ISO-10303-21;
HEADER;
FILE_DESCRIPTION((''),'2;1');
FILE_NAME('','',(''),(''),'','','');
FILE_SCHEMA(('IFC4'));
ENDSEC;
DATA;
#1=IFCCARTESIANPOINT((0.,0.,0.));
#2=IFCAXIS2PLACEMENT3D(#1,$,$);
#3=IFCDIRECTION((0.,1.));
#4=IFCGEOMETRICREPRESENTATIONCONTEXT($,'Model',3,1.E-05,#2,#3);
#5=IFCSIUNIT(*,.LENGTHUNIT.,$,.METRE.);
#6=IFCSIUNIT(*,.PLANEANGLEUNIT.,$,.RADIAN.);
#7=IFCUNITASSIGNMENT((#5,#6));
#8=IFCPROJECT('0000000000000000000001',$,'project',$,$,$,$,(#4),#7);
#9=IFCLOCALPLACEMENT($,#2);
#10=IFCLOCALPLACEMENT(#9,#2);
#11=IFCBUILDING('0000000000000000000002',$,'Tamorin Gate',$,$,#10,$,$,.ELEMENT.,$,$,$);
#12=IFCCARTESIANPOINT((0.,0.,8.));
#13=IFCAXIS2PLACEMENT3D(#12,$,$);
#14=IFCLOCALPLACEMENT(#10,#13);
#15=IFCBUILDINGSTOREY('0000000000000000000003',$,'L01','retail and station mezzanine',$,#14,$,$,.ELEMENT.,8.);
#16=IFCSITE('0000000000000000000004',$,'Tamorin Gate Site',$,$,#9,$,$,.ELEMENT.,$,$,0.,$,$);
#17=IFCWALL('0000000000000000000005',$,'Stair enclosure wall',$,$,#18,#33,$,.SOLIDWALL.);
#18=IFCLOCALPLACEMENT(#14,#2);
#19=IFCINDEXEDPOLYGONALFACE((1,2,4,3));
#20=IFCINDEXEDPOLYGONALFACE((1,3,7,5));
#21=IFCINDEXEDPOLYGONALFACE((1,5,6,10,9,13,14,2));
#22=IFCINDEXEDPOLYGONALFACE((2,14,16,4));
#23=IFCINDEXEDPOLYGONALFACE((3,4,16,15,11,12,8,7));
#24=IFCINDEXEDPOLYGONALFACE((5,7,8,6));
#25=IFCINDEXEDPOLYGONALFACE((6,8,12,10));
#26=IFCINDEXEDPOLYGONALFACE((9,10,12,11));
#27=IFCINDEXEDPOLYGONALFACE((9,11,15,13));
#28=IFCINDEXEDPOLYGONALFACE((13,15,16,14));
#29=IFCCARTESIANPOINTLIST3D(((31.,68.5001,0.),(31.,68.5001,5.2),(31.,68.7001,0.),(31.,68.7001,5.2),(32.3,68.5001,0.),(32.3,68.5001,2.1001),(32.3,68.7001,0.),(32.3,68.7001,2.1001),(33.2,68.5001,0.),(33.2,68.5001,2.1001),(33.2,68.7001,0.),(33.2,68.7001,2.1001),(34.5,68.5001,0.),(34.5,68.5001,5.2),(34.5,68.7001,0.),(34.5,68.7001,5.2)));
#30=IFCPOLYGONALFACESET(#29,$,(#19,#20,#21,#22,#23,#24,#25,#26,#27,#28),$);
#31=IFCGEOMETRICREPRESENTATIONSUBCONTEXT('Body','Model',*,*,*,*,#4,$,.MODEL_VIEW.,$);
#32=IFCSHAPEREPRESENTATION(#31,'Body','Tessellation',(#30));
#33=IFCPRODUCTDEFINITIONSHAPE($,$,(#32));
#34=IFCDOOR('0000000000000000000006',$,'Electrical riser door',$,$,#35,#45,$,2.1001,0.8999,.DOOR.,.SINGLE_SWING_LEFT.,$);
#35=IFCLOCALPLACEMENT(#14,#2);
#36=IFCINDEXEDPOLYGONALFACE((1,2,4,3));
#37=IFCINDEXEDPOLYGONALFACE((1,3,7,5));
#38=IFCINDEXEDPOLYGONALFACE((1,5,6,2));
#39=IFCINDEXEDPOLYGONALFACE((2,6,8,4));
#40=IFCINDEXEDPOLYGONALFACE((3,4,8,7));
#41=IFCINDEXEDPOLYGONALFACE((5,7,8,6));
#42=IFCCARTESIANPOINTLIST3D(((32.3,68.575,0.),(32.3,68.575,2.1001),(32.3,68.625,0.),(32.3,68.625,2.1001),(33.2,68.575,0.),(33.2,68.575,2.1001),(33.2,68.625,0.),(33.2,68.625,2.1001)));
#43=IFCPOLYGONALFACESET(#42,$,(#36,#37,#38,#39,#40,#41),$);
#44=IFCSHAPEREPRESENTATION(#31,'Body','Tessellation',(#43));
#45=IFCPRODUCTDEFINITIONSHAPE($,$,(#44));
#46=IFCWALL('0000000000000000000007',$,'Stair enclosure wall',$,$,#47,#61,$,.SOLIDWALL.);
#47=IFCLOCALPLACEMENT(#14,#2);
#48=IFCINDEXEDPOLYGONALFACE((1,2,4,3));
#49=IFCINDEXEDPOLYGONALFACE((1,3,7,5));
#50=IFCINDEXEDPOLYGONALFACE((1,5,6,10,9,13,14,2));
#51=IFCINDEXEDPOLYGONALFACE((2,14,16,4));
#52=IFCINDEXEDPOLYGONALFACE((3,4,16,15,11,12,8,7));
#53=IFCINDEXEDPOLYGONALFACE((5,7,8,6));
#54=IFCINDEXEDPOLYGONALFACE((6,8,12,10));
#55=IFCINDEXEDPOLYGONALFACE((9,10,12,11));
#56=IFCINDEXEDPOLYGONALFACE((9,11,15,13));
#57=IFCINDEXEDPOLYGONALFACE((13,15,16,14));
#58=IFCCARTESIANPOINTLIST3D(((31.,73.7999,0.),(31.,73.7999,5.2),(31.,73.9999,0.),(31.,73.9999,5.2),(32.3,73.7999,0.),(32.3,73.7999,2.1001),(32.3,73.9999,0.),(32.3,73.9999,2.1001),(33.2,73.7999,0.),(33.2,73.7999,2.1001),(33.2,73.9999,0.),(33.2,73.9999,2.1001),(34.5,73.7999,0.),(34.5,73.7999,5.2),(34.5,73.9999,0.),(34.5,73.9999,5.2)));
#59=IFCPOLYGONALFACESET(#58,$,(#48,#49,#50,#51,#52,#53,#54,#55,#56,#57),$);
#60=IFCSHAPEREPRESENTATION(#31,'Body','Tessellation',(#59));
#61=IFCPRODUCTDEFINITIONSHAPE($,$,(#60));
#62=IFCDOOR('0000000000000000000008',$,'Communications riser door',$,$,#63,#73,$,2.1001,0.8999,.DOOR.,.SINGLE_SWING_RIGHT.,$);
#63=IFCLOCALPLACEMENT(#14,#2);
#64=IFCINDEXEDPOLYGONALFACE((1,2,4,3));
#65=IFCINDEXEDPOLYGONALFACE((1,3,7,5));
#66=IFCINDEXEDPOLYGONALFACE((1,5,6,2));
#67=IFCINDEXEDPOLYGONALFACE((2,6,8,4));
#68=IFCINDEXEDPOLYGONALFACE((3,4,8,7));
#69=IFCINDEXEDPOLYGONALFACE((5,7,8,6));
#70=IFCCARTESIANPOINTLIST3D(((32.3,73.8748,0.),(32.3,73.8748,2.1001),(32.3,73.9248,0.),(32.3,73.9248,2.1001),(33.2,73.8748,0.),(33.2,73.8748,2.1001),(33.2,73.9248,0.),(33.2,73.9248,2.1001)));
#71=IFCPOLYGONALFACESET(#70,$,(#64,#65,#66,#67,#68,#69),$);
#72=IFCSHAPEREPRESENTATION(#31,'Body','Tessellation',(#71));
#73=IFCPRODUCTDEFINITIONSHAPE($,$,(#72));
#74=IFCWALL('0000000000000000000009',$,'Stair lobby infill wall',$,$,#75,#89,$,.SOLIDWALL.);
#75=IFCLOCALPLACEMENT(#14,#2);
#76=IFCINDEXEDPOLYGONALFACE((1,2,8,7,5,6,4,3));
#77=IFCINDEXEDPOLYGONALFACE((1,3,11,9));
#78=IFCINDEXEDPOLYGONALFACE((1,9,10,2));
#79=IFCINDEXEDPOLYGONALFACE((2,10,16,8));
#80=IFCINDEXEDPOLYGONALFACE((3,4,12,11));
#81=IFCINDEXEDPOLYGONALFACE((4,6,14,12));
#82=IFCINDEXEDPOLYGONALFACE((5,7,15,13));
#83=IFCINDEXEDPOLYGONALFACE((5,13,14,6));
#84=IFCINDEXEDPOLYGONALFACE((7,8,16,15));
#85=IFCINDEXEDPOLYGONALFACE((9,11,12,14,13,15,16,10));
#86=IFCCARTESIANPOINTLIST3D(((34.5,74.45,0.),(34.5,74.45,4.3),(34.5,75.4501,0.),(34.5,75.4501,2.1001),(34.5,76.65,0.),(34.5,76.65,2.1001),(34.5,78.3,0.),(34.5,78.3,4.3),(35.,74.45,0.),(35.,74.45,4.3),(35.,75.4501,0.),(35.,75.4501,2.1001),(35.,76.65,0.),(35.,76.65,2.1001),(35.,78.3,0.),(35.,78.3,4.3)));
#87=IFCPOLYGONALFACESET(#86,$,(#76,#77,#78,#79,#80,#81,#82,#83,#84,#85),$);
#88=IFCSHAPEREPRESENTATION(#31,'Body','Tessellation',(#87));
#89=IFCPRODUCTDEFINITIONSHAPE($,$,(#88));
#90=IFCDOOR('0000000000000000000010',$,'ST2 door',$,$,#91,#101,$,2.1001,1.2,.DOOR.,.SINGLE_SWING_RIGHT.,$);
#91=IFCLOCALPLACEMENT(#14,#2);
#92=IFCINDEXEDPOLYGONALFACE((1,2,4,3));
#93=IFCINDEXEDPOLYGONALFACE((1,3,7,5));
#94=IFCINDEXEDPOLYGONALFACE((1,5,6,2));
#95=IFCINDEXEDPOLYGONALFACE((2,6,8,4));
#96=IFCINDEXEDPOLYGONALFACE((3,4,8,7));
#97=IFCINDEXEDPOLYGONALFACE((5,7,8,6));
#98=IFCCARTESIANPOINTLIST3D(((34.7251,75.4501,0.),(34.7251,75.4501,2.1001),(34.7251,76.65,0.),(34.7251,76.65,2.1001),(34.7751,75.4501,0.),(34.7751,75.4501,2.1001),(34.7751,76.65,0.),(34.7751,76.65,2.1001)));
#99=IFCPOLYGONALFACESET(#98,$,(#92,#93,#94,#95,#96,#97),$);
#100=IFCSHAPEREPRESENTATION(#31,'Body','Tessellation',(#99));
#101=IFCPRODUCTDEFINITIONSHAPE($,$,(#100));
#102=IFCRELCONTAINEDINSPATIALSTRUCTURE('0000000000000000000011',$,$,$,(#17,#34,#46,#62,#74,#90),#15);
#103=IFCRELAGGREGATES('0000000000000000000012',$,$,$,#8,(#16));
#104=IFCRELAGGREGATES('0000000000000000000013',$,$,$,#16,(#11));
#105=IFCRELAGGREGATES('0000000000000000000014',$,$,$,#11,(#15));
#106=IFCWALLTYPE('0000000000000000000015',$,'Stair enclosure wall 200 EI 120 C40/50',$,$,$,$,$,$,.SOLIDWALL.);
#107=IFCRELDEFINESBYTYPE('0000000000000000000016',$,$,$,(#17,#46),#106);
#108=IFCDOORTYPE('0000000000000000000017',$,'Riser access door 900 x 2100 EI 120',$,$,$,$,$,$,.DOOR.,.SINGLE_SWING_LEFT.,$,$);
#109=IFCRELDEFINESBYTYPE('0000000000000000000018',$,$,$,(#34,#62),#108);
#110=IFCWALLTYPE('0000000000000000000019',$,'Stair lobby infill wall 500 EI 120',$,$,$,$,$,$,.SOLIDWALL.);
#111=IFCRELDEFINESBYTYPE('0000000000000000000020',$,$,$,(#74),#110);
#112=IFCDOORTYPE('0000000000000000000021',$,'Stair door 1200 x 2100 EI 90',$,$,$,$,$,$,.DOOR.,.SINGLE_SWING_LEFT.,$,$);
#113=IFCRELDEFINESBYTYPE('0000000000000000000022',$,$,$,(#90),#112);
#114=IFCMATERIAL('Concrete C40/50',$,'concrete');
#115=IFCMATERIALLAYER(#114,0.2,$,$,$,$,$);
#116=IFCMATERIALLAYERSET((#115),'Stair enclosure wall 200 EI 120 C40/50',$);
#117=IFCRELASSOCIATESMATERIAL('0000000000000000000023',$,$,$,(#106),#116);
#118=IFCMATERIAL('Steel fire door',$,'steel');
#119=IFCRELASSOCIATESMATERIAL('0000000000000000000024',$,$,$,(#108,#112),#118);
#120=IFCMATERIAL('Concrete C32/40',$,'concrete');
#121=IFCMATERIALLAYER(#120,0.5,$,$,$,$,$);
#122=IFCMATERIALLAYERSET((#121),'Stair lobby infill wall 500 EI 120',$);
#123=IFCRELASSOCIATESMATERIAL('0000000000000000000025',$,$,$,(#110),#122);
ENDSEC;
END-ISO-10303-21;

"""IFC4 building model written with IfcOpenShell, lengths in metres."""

from ifc_helpers import new_model, si_unit, direction, frame, frame_2d, origin, place, context, subcontext, project, spatial, rectangle, extrude, material, layer, layer_set, type_object, element, fill, save


model = new_model("IFC4")

# Units and contexts
model_context = context("Model", 3, precision=1e-05, world=origin(), true_north=direction((0.0, 1.0)))
body_context = subcontext(model_context, "Body", "Model", "MODEL_VIEW")
ifc_project = project(units=[si_unit("LENGTHUNIT", "METRE"), si_unit("PLANEANGLEUNIT", "RADIAN")], contexts=[model_context])

# Site, building, storey
site_placement = place(None, origin())
site = spatial("IfcSite", under=ifc_project, at=site_placement, Name="Tamorin Gate Site", CompositionType="ELEMENT", RefElevation=0.0)
building_placement = place(site_placement, origin())
building = spatial("IfcBuilding", under=site, at=building_placement, Name="Tamorin Gate", CompositionType="ELEMENT")
storey_placement = place(building_placement, frame((0.0, 0.0, 8.0)))
storey = spatial("IfcBuildingStorey", under=building, at=storey_placement, Name="L01", Description="retail and station mezzanine", CompositionType="ELEMENT", Elevation=8.0)

# Shared definitions
ifc_material_1 = material(Name="Concrete C32/40", Category="concrete")

# Walls, openings, doors
ifc_material_2 = material(Name="Concrete C40/50", Category="concrete")
ifc_layer_1 = layer(ifc_material_2, 0.2)
ifc_layer_set_1 = layer_set([ifc_layer_1], Name="Stair enclosure wall 200 EI 120 C40/50")
wall_type_1 = type_object("IfcWallType", Name="Stair enclosure wall 200 EI 120 C40/50", PredefinedType="SOLIDWALL", material=ifc_layer_set_1)
wall_1_placement = place(storey_placement, frame((31.0, 68.6001, 0.0), z_axis=(0.0, 0.0, 1.0), x_axis=(1.0, 0.0, 0.0)))
wall_1 = element("IfcWall", 1, at=wall_1_placement, inside=storey, type_object=wall_type_1, Name="Stair enclosure wall", PredefinedType="SOLIDWALL", context=body_context, shape_type="SweptSolid", body=[
    extrude(rectangle(XDim=3.5, YDim=0.2, at=frame_2d((1.75, 0.0))), origin(), (0.0, 0.0, 1.0), 5.2),
])
opening_1_placement = place(wall_1_placement, frame((1.3, 0.0, 0.0)))
opening_1 = element("IfcOpeningElement", 2, at=opening_1_placement, cuts=wall_1, PredefinedType="OPENING", context=body_context, shape_type="SweptSolid", body=[
    extrude(rectangle(XDim=0.8999, YDim=2.1001, at=frame_2d((0.45, 1.05))), frame((0.0, 0.1099, 0.0), z_axis=(0.0, -1.0, 0.0), x_axis=(1.0, 0.0, 0.0)), (0.0, 0.0, 1.0), 0.22),
])
ifc_material_3 = material(Name="Steel fire door", Category="steel")
door_type_1 = type_object("IfcDoorType", Name="Riser access door 900 x 2100 EI 120", OperationType="SINGLE_SWING_LEFT", PredefinedType="DOOR", material=ifc_material_3)
door_1_placement = place(opening_1_placement, origin())
door_1 = element("IfcDoor", 3, at=door_1_placement, inside=storey, type_object=door_type_1, Name="Electrical riser door", OperationType="SINGLE_SWING_LEFT", OverallHeight=2.1001, OverallWidth=0.8999, PredefinedType="DOOR", context=body_context, shape_type="SweptSolid", body=[
    extrude(rectangle(XDim=0.8999, YDim=2.1001, at=frame_2d((0.45, 1.05))), frame((0.0, 0.0249, 0.0), z_axis=(0.0, -1.0, 0.0), x_axis=(1.0, 0.0, 0.0)), (0.0, 0.0, 1.0), 0.05),
])
fill(opening_1, door_1)
wall_2_placement = place(storey_placement, frame((31.0, 73.8999, 0.0), z_axis=(0.0, 0.0, 1.0), x_axis=(1.0, 0.0, 0.0)))
wall_2 = element("IfcWall", 4, at=wall_2_placement, inside=storey, type_object=wall_type_1, Name="Stair enclosure wall", PredefinedType="SOLIDWALL", context=body_context, shape_type="SweptSolid", body=[
    extrude(rectangle(XDim=3.5, YDim=0.2, at=frame_2d((1.75, 0.0))), origin(), (0.0, 0.0, 1.0), 5.2),
])
opening_2_placement = place(wall_2_placement, frame((1.3, 0.0, 0.0)))
opening_2 = element("IfcOpeningElement", 5, at=opening_2_placement, cuts=wall_2, PredefinedType="OPENING", context=body_context, shape_type="SweptSolid", body=[
    extrude(rectangle(XDim=0.8999, YDim=2.1001, at=frame_2d((0.45, 1.05))), frame((0.0, 0.1099, 0.0), z_axis=(0.0, -1.0, 0.0), x_axis=(1.0, 0.0, 0.0)), (0.0, 0.0, 1.0), 0.22),
])
door_2_placement = place(opening_2_placement, origin())
door_2 = element("IfcDoor", 6, at=door_2_placement, inside=storey, type_object=door_type_1, Name="Communications riser door", OperationType="SINGLE_SWING_RIGHT", OverallHeight=2.1001, OverallWidth=0.8999, PredefinedType="DOOR", context=body_context, shape_type="SweptSolid", body=[
    extrude(rectangle(XDim=0.8999, YDim=2.1001, at=frame_2d((0.45, 1.05))), frame((0.0, 0.0249, 0.0), z_axis=(0.0, -1.0, 0.0), x_axis=(1.0, 0.0, 0.0)), (0.0, 0.0, 1.0), 0.05),
])
fill(opening_2, door_2)
ifc_layer_2 = layer(ifc_material_1, 0.5)
ifc_layer_set_2 = layer_set([ifc_layer_2], Name="Stair lobby infill wall 500 EI 120")
wall_type_2 = type_object("IfcWallType", Name="Stair lobby infill wall 500 EI 120", PredefinedType="SOLIDWALL", material=ifc_layer_set_2)
wall_3_placement = place(storey_placement, frame((34.75, 74.45, 0.0), z_axis=(0.0, 0.0, 1.0), x_axis=(0.0, 1.0, 0.0)))
wall_3 = element("IfcWall", 7, at=wall_3_placement, inside=storey, type_object=wall_type_2, Name="Stair lobby infill wall", PredefinedType="SOLIDWALL", context=body_context, shape_type="SweptSolid", body=[
    extrude(rectangle(XDim=3.8501, YDim=0.5, at=frame_2d((1.925, 0.0))), origin(), (0.0, 0.0, 1.0), 4.3),
])
opening_3_placement = place(wall_3_placement, frame((1.0, 0.0, 0.0)))
opening_3 = element("IfcOpeningElement", 8, at=opening_3_placement, cuts=wall_3, PredefinedType="OPENING", context=body_context, shape_type="SweptSolid", body=[
    extrude(rectangle(XDim=1.2, YDim=2.1001, at=frame_2d((0.6001, 1.05))), frame((0.0, 0.26, 0.0), z_axis=(0.0, -1.0, 0.0), x_axis=(1.0, 0.0, 0.0)), (0.0, 0.0, 1.0), 0.52),
])
door_type_2 = type_object("IfcDoorType", Name="Stair door 1200 x 2100 EI 90", OperationType="SINGLE_SWING_LEFT", PredefinedType="DOOR", material=ifc_material_3)
door_3_placement = place(opening_3_placement, origin())
door_3 = element("IfcDoor", 9, at=door_3_placement, inside=storey, type_object=door_type_2, Name="ST2 door", OperationType="SINGLE_SWING_RIGHT", OverallHeight=2.1001, OverallWidth=1.2, PredefinedType="DOOR", context=body_context, shape_type="SweptSolid", body=[
    extrude(rectangle(XDim=1.2, YDim=2.1001, at=frame_2d((0.6001, 1.05))), frame((0.0, 0.0249, 0.0), z_axis=(0.0, -1.0, 0.0), x_axis=(1.0, 0.0, 0.0)), (0.0, 0.0, 1.0), 0.05),
])
fill(opening_3, door_3)

save(model, "model.ifc")
